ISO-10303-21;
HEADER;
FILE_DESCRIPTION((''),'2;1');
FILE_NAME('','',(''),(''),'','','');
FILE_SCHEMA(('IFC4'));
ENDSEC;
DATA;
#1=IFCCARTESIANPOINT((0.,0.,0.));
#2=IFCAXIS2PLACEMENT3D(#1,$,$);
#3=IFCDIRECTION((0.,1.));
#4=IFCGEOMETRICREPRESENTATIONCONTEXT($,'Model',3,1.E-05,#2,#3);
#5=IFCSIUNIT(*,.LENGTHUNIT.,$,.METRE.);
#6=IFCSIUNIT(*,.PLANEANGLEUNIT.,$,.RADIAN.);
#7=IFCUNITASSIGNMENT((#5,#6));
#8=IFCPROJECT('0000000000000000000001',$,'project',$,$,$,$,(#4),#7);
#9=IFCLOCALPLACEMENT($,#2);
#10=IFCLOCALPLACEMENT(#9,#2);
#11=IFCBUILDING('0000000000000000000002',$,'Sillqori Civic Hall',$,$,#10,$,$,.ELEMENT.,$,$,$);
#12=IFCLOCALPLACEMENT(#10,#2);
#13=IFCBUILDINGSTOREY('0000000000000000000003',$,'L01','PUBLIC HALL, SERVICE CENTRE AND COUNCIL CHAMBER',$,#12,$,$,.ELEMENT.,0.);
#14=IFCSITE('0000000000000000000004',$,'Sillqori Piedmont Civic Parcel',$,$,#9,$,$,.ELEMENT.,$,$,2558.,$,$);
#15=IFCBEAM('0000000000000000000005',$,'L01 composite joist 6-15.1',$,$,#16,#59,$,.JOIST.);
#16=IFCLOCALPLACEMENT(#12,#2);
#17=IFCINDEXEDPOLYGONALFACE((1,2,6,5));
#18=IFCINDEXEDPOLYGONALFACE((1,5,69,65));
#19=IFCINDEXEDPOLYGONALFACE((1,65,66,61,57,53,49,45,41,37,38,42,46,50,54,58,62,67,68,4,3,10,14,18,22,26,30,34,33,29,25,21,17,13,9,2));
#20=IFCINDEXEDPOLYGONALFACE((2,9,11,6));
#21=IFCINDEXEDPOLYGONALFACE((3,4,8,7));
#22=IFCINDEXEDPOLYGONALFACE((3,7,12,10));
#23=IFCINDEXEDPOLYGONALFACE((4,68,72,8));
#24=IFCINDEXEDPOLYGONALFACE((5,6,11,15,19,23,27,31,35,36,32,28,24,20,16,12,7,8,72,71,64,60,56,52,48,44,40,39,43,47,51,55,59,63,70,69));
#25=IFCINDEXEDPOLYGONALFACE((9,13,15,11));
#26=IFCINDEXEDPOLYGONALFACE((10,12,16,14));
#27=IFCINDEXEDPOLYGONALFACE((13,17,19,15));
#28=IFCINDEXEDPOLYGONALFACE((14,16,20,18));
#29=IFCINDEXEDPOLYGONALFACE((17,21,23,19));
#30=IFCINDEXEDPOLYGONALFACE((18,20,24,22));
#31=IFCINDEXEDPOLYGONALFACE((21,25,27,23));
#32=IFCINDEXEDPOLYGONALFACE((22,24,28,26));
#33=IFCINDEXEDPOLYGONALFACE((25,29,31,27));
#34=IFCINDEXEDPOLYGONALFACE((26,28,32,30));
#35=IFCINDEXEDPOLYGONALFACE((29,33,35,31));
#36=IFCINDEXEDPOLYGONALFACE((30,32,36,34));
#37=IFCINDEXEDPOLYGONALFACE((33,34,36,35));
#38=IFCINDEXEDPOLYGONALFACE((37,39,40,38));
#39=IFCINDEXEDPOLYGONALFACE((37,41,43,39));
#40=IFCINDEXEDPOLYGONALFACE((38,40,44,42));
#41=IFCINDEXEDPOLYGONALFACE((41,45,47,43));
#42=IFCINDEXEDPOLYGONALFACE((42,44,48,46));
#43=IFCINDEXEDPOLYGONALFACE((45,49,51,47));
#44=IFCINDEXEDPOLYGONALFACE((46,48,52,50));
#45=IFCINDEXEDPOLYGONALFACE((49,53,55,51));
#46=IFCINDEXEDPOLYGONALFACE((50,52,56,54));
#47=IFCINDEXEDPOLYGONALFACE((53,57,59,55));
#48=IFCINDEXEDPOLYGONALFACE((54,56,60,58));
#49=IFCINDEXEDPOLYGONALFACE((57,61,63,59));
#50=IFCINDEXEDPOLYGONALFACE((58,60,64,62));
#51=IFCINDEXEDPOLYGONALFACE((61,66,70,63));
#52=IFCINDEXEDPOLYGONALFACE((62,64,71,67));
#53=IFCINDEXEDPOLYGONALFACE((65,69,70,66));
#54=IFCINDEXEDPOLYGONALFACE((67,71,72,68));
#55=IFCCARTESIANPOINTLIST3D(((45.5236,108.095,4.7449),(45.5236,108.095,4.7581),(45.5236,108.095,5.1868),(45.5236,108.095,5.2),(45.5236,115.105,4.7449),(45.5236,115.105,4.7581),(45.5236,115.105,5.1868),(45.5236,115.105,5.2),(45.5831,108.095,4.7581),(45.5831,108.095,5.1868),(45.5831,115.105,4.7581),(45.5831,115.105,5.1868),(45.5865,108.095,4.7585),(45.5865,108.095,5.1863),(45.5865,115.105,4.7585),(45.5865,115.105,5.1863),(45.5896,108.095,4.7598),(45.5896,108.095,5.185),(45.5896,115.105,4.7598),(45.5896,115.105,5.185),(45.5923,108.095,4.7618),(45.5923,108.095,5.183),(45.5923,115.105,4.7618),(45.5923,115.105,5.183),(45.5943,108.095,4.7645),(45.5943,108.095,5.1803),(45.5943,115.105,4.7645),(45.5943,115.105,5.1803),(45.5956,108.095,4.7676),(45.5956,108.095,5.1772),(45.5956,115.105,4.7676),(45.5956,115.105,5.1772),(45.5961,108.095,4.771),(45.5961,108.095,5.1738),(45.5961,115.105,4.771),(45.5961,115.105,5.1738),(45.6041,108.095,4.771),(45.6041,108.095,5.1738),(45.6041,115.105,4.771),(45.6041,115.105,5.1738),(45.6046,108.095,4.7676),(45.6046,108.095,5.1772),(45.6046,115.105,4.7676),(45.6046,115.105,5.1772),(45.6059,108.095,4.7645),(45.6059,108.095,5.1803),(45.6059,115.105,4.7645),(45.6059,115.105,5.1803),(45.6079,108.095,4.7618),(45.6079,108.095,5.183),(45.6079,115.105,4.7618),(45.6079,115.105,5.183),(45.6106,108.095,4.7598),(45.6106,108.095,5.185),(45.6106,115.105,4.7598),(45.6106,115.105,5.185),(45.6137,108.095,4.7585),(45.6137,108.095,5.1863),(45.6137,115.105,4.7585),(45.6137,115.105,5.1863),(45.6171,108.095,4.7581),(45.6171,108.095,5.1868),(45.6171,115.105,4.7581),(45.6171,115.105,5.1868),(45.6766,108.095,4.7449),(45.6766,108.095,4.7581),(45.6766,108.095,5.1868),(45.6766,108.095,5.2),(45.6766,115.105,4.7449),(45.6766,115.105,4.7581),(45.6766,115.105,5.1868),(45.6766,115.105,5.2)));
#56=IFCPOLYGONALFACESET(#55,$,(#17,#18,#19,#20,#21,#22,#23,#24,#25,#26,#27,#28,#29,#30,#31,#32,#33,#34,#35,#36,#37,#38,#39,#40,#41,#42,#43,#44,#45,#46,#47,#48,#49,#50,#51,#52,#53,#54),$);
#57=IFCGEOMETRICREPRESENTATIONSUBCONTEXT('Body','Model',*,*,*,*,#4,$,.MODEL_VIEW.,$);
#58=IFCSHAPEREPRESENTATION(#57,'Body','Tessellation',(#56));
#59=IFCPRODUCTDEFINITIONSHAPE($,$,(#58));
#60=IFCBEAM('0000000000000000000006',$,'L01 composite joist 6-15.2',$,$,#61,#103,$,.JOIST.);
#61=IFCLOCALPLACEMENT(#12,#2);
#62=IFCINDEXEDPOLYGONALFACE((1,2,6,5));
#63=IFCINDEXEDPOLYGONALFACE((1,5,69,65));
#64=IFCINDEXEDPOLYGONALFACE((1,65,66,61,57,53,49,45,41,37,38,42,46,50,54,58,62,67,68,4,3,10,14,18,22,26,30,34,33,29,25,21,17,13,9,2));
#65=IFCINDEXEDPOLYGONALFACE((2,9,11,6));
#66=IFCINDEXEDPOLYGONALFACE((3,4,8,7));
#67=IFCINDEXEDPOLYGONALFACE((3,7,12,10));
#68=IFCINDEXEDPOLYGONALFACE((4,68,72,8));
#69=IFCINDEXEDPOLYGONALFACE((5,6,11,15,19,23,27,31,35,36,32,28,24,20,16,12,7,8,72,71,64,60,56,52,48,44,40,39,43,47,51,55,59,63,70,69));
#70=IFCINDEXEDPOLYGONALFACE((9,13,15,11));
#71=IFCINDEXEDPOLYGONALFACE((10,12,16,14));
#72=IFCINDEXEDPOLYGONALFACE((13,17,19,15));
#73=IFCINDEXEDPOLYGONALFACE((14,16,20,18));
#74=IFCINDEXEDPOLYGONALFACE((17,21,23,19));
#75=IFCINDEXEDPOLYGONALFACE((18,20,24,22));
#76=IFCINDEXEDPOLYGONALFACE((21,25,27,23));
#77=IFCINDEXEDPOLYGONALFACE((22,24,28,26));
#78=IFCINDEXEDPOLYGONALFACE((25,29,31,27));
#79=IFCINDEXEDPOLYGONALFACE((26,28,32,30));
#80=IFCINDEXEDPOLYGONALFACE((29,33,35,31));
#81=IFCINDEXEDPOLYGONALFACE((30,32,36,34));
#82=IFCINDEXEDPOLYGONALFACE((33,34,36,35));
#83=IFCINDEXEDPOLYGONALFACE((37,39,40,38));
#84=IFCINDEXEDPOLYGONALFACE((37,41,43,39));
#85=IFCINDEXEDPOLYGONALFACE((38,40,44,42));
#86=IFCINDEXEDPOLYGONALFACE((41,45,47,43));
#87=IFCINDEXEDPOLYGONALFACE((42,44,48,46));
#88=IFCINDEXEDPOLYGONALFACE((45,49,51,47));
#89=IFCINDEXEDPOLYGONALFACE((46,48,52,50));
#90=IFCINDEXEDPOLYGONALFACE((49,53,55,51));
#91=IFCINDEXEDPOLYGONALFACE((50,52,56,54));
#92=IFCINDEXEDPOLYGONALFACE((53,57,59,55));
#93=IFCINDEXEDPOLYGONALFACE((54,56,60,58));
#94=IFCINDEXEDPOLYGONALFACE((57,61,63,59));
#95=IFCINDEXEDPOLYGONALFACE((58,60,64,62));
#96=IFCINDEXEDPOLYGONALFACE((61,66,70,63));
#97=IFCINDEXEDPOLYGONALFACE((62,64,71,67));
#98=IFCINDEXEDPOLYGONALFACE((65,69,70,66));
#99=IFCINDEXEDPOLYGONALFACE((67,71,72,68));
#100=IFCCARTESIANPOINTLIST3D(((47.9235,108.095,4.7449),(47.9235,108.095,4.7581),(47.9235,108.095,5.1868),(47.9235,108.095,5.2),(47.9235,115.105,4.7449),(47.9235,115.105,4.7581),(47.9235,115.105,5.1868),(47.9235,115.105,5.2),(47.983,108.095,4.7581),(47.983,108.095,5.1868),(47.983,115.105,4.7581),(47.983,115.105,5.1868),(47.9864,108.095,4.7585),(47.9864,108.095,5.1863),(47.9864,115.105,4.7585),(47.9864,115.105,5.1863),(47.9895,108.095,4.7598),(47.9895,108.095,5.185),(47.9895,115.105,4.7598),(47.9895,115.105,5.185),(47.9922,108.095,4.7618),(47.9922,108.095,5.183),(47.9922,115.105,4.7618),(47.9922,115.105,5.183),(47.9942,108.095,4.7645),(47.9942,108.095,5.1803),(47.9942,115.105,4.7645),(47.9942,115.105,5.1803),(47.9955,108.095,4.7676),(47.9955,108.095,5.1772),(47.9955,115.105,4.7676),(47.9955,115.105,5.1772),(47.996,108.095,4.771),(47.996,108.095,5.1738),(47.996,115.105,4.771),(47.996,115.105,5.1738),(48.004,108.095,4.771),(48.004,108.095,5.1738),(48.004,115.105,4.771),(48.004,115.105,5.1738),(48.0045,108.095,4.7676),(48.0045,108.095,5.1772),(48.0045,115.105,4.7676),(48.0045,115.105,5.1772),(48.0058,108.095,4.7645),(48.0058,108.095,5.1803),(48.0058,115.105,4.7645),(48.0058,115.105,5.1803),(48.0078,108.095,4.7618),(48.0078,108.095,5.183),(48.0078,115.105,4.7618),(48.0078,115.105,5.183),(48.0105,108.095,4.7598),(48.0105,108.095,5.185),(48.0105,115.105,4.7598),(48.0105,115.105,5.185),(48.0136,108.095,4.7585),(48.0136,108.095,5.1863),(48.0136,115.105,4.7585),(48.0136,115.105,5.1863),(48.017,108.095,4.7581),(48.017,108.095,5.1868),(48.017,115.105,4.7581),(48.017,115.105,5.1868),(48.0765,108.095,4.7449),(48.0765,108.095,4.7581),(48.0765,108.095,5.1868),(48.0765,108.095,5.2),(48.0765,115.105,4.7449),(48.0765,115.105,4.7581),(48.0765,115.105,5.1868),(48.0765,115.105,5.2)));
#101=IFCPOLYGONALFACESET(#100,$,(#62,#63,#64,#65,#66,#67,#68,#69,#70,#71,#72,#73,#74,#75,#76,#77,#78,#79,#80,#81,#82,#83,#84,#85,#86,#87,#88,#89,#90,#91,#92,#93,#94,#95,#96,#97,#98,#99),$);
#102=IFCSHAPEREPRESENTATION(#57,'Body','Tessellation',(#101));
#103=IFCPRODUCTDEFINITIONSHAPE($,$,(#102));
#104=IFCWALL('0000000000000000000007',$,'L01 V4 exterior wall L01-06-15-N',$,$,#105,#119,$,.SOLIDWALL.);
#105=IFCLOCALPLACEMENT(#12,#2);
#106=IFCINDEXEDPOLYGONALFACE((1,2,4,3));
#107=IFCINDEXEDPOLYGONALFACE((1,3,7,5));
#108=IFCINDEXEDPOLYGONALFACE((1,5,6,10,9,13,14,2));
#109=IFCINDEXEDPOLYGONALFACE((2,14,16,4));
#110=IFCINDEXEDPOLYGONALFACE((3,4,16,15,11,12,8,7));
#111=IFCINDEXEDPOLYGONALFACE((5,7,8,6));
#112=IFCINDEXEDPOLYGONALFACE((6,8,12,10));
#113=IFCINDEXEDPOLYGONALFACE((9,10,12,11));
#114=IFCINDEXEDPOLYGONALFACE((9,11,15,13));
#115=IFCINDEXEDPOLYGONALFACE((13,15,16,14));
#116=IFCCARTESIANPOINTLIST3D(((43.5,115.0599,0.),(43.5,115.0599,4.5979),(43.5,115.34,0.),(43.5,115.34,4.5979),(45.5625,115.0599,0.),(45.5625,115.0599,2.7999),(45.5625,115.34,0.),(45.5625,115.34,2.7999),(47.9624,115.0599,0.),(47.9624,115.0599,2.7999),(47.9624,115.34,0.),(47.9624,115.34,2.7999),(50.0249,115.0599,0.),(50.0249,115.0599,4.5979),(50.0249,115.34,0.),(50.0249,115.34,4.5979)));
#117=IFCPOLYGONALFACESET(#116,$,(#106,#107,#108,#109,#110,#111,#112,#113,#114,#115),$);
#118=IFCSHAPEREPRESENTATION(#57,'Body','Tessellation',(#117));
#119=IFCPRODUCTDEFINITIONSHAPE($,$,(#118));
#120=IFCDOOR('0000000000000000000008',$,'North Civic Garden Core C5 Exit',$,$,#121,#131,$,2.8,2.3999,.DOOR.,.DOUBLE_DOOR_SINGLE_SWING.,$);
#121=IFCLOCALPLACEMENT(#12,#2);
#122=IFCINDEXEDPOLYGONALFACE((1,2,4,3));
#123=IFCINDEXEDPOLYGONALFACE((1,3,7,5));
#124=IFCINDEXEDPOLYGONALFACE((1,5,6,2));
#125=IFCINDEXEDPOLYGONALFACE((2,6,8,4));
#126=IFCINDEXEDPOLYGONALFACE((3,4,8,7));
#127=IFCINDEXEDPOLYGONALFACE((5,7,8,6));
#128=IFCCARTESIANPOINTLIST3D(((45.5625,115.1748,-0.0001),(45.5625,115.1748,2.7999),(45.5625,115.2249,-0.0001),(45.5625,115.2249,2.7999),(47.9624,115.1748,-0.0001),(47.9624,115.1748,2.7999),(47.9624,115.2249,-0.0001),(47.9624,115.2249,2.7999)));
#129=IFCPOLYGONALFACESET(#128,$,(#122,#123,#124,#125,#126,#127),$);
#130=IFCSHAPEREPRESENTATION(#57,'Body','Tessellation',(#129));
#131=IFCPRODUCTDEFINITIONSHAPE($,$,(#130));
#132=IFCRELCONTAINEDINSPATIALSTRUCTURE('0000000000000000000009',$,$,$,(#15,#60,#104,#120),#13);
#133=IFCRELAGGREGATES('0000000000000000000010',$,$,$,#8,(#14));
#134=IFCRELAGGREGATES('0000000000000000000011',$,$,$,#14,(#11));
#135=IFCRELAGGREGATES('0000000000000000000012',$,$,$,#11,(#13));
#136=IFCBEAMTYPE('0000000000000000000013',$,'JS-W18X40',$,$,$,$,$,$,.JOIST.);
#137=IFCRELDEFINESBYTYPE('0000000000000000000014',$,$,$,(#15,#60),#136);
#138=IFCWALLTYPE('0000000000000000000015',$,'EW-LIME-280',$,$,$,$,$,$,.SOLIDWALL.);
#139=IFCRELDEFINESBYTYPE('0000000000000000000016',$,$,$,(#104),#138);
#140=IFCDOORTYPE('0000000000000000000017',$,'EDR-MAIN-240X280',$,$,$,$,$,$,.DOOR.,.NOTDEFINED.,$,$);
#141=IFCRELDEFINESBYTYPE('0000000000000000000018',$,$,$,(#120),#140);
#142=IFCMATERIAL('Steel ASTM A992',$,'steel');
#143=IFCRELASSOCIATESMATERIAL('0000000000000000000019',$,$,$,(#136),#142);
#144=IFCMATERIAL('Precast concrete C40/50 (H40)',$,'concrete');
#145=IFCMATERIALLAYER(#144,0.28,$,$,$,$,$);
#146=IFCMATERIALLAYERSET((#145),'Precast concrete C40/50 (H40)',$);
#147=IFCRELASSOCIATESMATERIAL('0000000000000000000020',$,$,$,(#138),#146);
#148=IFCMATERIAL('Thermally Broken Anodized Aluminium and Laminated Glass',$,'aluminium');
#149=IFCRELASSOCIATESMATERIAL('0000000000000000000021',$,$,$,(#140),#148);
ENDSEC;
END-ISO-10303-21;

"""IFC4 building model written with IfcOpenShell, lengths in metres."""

from ifc_helpers import new_model, si_unit, direction, frame, frame_2d, origin, origin_2d, place, context, subcontext, project, spatial, rectangle, i_section, extrude, material, layer, layer_set, material_profile, profile_set, type_object, element, fill, save


model = new_model("IFC4")

# Units and contexts
model_context = context("Model", 3, precision=1e-05, world=origin(), true_north=direction((0.0, 1.0)))
body_context = subcontext(model_context, "Body", "Model", "MODEL_VIEW")
ifc_project = project(units=[si_unit("LENGTHUNIT", "METRE"), si_unit("PLANEANGLEUNIT", "RADIAN")], contexts=[model_context])

# Site, building, storey
site_placement = place(None, origin())
site = spatial("IfcSite", under=ifc_project, at=site_placement, Name="Sillqori Piedmont Civic Parcel", CompositionType="ELEMENT", RefElevation=2558.0)
building_placement = place(site_placement, origin())
building = spatial("IfcBuilding", under=site, at=building_placement, Name="Sillqori Civic Hall", CompositionType="ELEMENT")
storey_placement = place(building_placement, origin())
storey = spatial("IfcBuildingStorey", under=building, at=storey_placement, Name="L01", Description="PUBLIC HALL, SERVICE CENTRE AND COUNCIL CHAMBER", CompositionType="ELEMENT", Elevation=0.0)

# Shared definitions
ifc_material_1 = material(Name="Steel ASTM A992", Category="steel")

# Beams
ifc_material_profile_1 = material_profile(ifc_material_1, i_section(OverallWidth=0.1531, OverallDepth=0.4551, WebThickness=0.0081, FlangeThickness=0.0132, FilletRadius=0.0129, at=origin_2d()), Name="W18X40")
ifc_profile_set_1 = profile_set([ifc_material_profile_1], Name="Steel ASTM A992")
beam_type_1 = type_object("IfcBeamType", Name="JS-W18X40", PredefinedType="JOIST", material=ifc_profile_set_1)
for number, where, z_axis, x_axis, name in (
    (1, (45.6001, 108.095, 4.9724), (0.0, 1.0, 0.0), (-1.0, 0.0, 0.0), "L01 composite joist 6-15.1"),
    (2, (48.0, 108.095, 4.9724), (0.0, 1.0, 0.0), (-1.0, 0.0, 0.0), "L01 composite joist 6-15.2"),
):
    element("IfcBeam", number, at=place(storey_placement, frame(where, z_axis=z_axis, x_axis=x_axis)), inside=storey, type_object=beam_type_1, Name=name, PredefinedType="JOIST", context=body_context, shape_type="SweptSolid", body=[
        extrude(i_section(OverallWidth=0.1531, OverallDepth=0.4551, WebThickness=0.0081, FlangeThickness=0.0132, FilletRadius=0.0129, at=origin_2d()), origin(), (0.0, 0.0, 1.0), 7.01),
    ])

# Wall, opening, door
ifc_material_2 = material(Name="Precast concrete C40/50 (H40)", Category="concrete")
ifc_layer = layer(ifc_material_2, 0.28)
ifc_layer_set = layer_set([ifc_layer], Name="Precast concrete C40/50 (H40)")
wall_type = type_object("IfcWallType", Name="EW-LIME-280", PredefinedType="SOLIDWALL", material=ifc_layer_set)
wall_placement = place(storey_placement, frame((43.5, 115.2, 0.0), z_axis=(0.0, 0.0, 1.0), x_axis=(1.0, 0.0, 0.0)))
wall = element("IfcWall", 3, at=wall_placement, inside=storey, type_object=wall_type, Name="L01 V4 exterior wall L01-06-15-N", PredefinedType="SOLIDWALL", context=body_context, shape_type="SweptSolid", body=[
    extrude(rectangle(XDim=6.5249, YDim=0.28, at=frame_2d((3.2625, 0.0))), origin(), (0.0, 0.0, 1.0), 4.5979),
])
opening_placement = place(wall_placement, frame((2.0625, 0.0, 0.0)))
opening = element("IfcOpeningElement", 4, at=opening_placement, cuts=wall, PredefinedType="OPENING", context=body_context, shape_type="SweptSolid", body=[
    extrude(rectangle(XDim=2.3999, YDim=2.8, at=frame_2d((1.2, 1.3999))), frame((0.0, 0.1499, 0.0), z_axis=(0.0, -1.0, 0.0), x_axis=(1.0, 0.0, 0.0)), (0.0, 0.0, 1.0), 0.3),
])
ifc_material_3 = material(Name="Thermally Broken Anodized Aluminium and Laminated Glass", Category="aluminium")
door_type = type_object("IfcDoorType", Name="EDR-MAIN-240X280", OperationType="NOTDEFINED", PredefinedType="DOOR", material=ifc_material_3)
door_placement = place(opening_placement, origin())
door = element("IfcDoor", 5, at=door_placement, inside=storey, type_object=door_type, Name="North Civic Garden Core C5 Exit", OperationType="DOUBLE_DOOR_SINGLE_SWING", OverallHeight=2.8, OverallWidth=2.3999, PredefinedType="DOOR", context=body_context, shape_type="SweptSolid", body=[
    extrude(rectangle(XDim=2.3999, YDim=2.8, at=frame_2d((1.2, 1.3999))), frame((0.0, 0.0249, 0.0), z_axis=(0.0, -1.0, 0.0), x_axis=(1.0, 0.0, 0.0)), (0.0, 0.0, 1.0), 0.05),
])
fill(opening, door)

save(model, "model.ifc")
